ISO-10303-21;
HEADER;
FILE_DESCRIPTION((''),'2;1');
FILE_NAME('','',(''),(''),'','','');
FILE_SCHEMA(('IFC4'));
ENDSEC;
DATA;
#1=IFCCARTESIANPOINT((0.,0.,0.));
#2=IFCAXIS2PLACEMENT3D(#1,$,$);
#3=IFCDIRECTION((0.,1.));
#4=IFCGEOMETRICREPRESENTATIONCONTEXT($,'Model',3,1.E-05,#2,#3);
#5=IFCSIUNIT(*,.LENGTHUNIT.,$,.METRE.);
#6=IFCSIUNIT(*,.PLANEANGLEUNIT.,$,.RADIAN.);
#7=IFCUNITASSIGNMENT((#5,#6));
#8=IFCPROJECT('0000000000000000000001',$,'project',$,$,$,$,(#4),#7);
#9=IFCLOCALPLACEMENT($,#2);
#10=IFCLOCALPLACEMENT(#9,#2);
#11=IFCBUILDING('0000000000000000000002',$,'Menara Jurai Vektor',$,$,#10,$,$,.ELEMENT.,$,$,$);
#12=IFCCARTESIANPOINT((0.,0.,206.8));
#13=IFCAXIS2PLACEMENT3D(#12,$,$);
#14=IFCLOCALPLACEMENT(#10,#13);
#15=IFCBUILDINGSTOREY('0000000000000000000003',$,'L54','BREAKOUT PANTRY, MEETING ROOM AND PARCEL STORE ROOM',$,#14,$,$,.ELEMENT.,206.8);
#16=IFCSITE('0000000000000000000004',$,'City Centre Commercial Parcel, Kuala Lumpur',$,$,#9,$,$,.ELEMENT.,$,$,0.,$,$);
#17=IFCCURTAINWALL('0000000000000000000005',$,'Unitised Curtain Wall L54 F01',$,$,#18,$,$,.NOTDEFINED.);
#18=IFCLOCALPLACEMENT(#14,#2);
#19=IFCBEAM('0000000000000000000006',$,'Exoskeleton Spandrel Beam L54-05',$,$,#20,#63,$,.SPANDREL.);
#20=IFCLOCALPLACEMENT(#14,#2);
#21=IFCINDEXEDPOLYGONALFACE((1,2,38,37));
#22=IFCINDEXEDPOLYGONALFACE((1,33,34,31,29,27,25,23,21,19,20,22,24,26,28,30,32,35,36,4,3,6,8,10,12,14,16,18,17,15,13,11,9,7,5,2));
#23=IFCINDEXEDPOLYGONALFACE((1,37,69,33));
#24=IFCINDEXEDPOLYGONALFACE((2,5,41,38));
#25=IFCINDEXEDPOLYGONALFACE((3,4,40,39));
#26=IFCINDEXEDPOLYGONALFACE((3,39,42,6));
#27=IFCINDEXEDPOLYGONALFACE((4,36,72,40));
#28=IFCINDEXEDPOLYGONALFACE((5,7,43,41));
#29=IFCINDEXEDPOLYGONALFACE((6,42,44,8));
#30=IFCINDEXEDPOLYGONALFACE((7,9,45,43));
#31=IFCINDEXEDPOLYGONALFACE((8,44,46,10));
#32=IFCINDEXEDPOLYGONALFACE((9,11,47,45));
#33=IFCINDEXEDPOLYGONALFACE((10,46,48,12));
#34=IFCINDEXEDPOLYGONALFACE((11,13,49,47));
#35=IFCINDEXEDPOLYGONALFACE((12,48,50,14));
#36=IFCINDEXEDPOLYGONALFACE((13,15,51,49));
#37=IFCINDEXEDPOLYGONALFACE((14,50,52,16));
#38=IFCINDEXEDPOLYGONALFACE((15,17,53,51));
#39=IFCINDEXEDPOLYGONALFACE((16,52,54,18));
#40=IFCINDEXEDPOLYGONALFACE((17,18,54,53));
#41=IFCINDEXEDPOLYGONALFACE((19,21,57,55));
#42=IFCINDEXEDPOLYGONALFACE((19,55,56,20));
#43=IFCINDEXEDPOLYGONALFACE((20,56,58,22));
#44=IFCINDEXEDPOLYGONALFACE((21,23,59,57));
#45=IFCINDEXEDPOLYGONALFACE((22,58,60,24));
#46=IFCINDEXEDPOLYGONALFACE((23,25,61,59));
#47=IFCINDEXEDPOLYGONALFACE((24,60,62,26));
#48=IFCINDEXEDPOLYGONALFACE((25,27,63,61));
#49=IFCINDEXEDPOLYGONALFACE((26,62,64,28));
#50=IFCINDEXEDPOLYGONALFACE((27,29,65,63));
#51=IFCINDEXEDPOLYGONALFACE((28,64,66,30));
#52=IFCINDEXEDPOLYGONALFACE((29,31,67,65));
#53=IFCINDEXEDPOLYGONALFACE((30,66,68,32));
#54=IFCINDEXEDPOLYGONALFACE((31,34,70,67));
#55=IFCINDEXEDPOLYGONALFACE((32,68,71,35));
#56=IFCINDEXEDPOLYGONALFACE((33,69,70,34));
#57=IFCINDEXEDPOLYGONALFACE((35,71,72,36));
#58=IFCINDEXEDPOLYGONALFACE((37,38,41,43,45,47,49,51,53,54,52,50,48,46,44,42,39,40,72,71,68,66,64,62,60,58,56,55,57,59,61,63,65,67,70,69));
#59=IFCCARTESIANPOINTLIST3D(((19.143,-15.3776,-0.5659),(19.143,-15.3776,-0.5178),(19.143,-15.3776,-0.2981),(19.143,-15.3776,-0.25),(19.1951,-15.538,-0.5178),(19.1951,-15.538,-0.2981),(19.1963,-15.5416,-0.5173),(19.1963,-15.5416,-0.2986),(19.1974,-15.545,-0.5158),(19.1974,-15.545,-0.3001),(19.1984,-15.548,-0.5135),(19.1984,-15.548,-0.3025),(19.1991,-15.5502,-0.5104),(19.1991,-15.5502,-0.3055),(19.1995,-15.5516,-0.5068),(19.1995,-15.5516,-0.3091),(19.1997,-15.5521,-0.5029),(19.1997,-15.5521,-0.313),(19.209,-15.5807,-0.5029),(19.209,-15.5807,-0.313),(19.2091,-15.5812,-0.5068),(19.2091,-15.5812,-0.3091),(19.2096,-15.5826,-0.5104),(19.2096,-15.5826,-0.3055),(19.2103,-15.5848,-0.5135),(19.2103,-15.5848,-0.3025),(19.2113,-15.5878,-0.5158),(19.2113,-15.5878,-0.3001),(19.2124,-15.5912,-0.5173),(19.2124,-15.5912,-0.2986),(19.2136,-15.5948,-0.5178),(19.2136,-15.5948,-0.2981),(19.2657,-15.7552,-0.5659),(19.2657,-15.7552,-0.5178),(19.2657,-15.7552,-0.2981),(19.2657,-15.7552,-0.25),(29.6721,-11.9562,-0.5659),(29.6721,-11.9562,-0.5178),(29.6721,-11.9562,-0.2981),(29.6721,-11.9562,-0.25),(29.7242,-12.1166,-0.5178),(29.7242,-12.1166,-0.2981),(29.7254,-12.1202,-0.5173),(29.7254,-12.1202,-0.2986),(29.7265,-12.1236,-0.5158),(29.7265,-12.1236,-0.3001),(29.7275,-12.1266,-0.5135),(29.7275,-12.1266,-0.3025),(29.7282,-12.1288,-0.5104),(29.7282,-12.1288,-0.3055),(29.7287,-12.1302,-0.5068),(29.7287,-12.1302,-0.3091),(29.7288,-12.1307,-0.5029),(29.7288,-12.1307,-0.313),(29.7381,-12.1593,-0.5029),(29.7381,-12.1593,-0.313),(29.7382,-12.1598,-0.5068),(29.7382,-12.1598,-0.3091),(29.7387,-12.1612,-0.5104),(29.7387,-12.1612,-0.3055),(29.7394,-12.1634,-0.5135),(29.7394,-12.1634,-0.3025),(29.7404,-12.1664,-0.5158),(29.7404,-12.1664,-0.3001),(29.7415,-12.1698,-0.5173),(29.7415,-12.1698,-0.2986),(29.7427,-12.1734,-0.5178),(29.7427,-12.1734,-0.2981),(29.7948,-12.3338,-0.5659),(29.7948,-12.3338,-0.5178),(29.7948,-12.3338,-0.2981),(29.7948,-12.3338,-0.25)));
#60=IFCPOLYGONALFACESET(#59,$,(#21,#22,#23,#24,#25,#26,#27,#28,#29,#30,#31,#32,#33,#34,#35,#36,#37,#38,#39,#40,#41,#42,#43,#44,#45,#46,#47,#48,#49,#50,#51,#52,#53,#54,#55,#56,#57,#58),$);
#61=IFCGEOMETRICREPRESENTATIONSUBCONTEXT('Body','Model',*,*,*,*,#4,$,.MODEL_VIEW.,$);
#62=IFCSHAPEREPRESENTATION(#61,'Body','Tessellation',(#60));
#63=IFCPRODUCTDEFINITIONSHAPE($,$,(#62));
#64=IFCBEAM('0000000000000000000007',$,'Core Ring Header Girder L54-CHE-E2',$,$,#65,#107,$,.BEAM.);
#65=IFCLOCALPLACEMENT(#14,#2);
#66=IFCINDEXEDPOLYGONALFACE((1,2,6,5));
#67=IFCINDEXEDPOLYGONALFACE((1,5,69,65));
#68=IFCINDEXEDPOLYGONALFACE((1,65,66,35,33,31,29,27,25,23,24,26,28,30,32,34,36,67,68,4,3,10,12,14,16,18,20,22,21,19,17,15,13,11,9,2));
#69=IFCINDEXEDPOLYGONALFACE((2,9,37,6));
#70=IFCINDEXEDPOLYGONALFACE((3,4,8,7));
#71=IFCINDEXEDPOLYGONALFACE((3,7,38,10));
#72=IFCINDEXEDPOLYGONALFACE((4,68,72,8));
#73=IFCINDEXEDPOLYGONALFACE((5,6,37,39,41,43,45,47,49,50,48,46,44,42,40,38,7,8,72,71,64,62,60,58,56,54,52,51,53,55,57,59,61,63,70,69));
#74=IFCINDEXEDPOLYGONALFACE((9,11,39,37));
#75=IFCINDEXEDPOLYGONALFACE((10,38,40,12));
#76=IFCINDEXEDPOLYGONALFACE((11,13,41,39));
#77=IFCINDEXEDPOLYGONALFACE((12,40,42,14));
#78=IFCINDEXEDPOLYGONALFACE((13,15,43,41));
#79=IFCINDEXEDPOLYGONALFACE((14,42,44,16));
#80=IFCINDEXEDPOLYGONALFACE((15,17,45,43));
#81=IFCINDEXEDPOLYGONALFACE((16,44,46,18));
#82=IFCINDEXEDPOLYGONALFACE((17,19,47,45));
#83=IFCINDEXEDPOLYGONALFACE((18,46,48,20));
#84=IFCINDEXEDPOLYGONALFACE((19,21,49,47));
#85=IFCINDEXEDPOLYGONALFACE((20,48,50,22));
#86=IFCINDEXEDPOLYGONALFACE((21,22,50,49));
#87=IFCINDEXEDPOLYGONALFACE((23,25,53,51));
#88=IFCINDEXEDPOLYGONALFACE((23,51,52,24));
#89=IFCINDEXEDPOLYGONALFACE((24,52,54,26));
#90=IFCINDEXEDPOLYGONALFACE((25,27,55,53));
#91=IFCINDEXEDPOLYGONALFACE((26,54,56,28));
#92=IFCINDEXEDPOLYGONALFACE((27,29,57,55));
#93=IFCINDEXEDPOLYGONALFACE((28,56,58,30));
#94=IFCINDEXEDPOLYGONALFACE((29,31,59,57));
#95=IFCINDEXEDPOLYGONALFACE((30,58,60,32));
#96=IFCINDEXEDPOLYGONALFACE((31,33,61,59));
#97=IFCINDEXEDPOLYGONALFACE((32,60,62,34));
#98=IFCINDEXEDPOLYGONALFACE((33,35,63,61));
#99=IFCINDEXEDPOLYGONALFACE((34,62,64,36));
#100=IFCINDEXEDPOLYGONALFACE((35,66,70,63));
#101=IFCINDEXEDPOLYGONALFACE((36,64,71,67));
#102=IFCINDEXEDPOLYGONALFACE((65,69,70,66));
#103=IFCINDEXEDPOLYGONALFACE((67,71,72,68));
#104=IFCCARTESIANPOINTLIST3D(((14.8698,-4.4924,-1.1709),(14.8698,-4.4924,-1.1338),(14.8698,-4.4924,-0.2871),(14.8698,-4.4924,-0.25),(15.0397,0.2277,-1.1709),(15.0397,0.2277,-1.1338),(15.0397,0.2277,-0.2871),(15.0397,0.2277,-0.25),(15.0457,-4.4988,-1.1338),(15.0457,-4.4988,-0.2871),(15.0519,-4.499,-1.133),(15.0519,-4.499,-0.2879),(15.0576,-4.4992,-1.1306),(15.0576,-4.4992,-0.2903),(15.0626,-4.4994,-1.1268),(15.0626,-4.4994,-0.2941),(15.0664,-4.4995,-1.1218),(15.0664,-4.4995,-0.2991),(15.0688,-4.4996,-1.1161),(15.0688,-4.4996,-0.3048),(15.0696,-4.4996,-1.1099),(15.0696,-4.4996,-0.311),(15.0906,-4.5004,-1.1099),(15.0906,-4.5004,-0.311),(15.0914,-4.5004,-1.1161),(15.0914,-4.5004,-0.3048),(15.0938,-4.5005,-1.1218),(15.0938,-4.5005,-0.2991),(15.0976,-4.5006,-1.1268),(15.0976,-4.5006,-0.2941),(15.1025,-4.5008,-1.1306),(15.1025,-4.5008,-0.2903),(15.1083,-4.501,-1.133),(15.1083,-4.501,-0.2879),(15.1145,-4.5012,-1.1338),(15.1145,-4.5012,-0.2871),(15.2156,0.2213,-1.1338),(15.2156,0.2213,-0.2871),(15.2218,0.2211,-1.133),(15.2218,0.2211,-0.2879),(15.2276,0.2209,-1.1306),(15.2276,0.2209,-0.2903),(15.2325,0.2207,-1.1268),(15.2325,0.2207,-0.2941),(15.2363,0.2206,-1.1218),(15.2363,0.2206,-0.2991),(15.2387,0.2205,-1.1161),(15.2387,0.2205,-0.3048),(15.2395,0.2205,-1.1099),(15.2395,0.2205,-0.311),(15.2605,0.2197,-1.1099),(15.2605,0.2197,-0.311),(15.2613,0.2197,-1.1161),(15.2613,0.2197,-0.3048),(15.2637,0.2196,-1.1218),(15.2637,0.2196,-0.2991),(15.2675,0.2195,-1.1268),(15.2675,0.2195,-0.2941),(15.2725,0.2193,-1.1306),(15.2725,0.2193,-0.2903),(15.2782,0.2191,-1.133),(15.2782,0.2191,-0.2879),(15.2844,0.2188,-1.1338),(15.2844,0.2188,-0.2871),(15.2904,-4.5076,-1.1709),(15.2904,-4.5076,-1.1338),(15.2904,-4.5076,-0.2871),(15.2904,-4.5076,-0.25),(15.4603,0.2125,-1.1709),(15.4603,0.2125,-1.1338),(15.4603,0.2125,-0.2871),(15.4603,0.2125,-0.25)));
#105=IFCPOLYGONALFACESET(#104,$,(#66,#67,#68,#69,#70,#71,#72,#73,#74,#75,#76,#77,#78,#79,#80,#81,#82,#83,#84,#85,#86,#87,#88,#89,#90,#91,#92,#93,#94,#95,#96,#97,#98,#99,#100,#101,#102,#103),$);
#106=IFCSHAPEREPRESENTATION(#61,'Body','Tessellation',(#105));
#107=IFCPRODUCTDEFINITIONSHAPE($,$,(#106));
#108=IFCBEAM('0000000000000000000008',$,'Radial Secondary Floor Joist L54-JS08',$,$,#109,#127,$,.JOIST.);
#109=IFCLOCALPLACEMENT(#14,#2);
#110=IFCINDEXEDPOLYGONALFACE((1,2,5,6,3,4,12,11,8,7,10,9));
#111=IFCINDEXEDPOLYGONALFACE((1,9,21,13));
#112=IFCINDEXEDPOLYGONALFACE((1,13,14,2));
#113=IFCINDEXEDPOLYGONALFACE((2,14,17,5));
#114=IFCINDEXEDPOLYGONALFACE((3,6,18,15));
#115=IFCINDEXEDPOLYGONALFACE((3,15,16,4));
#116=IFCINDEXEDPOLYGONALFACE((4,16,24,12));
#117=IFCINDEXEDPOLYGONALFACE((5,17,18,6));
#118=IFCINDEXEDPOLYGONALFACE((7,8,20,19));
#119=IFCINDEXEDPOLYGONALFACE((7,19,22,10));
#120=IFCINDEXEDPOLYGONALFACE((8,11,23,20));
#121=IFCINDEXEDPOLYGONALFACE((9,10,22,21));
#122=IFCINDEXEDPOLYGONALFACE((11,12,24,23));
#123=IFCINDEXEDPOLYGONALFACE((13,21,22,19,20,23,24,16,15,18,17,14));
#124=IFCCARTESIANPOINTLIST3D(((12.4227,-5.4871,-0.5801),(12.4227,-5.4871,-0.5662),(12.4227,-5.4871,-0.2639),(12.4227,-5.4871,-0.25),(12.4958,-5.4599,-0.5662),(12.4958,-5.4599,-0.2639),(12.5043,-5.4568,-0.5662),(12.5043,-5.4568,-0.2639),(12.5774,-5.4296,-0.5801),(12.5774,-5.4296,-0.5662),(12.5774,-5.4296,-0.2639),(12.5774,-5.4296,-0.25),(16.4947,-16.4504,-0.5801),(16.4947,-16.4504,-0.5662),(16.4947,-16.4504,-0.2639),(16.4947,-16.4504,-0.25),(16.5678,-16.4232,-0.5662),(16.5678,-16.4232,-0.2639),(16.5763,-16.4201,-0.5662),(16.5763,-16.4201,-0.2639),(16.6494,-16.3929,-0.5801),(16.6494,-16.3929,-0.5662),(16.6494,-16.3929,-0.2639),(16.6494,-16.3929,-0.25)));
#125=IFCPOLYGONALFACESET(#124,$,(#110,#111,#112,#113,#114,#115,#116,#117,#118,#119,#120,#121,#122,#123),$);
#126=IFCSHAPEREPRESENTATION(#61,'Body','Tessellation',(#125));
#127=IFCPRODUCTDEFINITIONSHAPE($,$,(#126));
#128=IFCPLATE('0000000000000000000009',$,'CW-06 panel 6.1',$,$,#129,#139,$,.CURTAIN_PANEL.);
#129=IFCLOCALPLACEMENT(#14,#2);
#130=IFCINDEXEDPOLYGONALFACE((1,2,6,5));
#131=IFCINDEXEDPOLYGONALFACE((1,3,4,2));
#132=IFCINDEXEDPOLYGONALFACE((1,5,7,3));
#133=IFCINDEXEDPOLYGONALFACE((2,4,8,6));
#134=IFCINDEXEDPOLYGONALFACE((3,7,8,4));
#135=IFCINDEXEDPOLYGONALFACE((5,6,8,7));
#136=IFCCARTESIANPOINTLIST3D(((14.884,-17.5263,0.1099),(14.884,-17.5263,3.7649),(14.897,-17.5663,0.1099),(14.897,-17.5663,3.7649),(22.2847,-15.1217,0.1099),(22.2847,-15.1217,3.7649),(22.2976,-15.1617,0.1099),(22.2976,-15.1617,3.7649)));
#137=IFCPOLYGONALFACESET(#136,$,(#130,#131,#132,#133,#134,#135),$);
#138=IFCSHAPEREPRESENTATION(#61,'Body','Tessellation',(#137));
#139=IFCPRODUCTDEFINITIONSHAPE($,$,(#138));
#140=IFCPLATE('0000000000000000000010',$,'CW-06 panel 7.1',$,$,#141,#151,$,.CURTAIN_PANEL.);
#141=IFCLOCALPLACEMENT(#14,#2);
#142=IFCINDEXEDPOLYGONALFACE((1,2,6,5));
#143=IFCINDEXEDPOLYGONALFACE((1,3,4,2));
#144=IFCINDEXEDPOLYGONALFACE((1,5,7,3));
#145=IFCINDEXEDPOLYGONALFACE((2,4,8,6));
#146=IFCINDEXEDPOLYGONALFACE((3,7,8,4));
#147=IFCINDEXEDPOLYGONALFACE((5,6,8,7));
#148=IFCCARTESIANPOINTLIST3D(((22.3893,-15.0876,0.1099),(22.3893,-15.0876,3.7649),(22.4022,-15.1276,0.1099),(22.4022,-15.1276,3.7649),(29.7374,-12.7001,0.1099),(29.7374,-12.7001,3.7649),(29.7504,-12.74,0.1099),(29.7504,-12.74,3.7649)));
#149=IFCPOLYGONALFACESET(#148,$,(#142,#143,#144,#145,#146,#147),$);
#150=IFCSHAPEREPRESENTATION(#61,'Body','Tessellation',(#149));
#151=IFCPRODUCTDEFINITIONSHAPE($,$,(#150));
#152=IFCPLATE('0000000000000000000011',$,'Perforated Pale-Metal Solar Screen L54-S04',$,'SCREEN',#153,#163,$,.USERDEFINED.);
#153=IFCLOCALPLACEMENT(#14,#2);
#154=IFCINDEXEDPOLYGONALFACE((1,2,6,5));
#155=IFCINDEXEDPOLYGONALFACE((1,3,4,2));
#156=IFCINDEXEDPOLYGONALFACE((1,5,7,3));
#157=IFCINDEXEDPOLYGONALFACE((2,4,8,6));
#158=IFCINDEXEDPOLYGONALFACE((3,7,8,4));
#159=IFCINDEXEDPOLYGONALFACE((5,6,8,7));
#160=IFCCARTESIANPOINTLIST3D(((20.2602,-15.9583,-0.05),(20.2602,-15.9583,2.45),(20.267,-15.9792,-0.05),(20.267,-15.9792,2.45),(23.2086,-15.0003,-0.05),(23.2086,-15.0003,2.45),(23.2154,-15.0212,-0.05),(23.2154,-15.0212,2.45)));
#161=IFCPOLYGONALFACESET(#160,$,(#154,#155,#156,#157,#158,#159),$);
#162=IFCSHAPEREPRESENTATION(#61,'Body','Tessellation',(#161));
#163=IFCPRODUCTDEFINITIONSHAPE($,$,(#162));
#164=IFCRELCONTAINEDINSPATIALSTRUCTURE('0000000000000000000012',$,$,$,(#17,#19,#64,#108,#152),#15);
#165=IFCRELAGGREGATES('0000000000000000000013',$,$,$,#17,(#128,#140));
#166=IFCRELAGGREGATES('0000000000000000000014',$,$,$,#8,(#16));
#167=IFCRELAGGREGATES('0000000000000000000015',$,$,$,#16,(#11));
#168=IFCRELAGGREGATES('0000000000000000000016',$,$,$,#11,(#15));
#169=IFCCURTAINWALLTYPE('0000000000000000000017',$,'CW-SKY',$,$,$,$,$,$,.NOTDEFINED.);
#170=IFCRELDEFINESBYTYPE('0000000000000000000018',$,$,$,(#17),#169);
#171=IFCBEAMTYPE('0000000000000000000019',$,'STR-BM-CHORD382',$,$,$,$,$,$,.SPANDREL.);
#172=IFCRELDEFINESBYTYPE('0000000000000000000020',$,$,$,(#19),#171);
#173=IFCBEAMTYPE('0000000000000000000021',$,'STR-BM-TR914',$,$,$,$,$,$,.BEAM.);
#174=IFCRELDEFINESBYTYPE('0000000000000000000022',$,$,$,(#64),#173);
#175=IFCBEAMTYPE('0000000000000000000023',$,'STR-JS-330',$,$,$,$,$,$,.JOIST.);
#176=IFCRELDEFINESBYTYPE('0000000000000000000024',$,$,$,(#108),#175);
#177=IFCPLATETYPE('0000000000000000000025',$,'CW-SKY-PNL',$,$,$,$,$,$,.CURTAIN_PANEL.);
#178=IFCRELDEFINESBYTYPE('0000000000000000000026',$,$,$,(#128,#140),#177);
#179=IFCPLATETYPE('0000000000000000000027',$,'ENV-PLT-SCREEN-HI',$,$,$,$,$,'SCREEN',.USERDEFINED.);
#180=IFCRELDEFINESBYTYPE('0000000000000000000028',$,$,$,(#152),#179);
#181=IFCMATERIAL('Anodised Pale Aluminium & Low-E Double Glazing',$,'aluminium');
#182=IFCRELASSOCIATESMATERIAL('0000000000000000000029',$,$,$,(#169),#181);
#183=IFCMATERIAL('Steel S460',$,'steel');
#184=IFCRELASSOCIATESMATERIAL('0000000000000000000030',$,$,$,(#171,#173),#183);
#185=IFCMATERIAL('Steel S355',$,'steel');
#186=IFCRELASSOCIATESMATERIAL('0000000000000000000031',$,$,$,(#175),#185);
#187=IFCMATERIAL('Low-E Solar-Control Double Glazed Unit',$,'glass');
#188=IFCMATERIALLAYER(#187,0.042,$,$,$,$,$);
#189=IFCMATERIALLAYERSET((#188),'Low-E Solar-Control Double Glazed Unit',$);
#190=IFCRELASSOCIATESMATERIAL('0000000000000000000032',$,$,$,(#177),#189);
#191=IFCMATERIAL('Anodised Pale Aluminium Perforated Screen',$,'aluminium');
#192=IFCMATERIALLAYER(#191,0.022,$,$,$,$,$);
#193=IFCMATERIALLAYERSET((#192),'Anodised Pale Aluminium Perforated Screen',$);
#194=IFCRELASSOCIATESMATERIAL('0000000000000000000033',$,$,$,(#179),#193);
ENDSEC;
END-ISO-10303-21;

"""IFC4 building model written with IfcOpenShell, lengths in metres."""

from ifc_helpers import new_model, si_unit, direction, frame, origin, origin_2d, place, context, subcontext, project, spatial, rectangle, i_section, extrude, material, layer, layer_set, material_profile, profile_set, type_object, element, aggregate, save


model = new_model("IFC4")

# Units and contexts
model_context = context("Model", 3, precision=1e-05, world=origin(), true_north=direction((0.0, 1.0)))
body_context = subcontext(model_context, "Body", "Model", "MODEL_VIEW")
ifc_project = project(units=[si_unit("LENGTHUNIT", "METRE"), si_unit("PLANEANGLEUNIT", "RADIAN")], contexts=[model_context])

# Site, building, storey
site_placement = place(None, origin())
site = spatial("IfcSite", under=ifc_project, at=site_placement, Name="City Centre Commercial Parcel, Kuala Lumpur", CompositionType="ELEMENT", RefElevation=0.0)
building_placement = place(site_placement, origin())
building = spatial("IfcBuilding", under=site, at=building_placement, Name="Menara Jurai Vektor", CompositionType="ELEMENT")
storey_placement = place(building_placement, frame((0.0, 0.0, 206.8)))
storey = spatial("IfcBuildingStorey", under=building, at=storey_placement, Name="L54", Description="BREAKOUT PANTRY, MEETING ROOM AND PARCEL STORE ROOM", CompositionType="ELEMENT", Elevation=206.8)

# Shared definitions
ifc_material_1 = material(Name="Steel S460", Category="steel")

# Curtain wall
ifc_material_2 = material(Name="Anodised Pale Aluminium & Low-E Double Glazing", Category="aluminium")
curtain_wall_type = type_object("IfcCurtainWallType", Name="CW-SKY", PredefinedType="NOTDEFINED", material=ifc_material_2)
curtain_wall_1_placement = place(storey_placement, origin())
curtain_wall_1 = element("IfcCurtainWall", 1, at=curtain_wall_1_placement, inside=storey, type_object=curtain_wall_type, Name="Unitised Curtain Wall L54 F01", PredefinedType="NOTDEFINED")

# Beams
ifc_material_3 = material(Name="Steel S355", Category="steel")
ifc_material_profile_1 = material_profile(ifc_material_1, i_section(OverallWidth=0.397, OverallDepth=0.3159, WebThickness=0.03, FlangeThickness=0.0481, FilletRadius=0.0149, at=origin_2d()), Name="HD 400x382")
ifc_profile_set_1 = profile_set([ifc_material_profile_1], Name="Steel S460")
beam_type_1 = type_object("IfcBeamType", Name="STR-BM-CHORD382", PredefinedType="SPANDREL", material=ifc_profile_set_1)
beam_1_placement = place(storey_placement, frame((19.2043, -15.5664, -0.408), z_axis=(0.951049, 0.309041, 0.0), x_axis=(-0.309041, 0.951049, 0.0)))
element("IfcBeam", 2, at=beam_1_placement, inside=storey, type_object=beam_type_1, Name="Exoskeleton Spandrel Beam L54-05", PredefinedType="SPANDREL", context=body_context, shape_type="SweptSolid", body=[
    extrude(i_section(OverallWidth=0.397, OverallDepth=0.3159, WebThickness=0.03, FlangeThickness=0.0481, FilletRadius=0.0149, at=origin_2d()), origin(), (0.0, 0.0, 1.0), 11.071),
])
ifc_material_profile_2 = material_profile(ifc_material_1, i_section(OverallWidth=0.4209, OverallDepth=0.9209, WebThickness=0.021, FlangeThickness=0.0371, FilletRadius=0.0239, at=origin_2d()), Name="UKB 914x419x388")
ifc_profile_set_2 = profile_set([ifc_material_profile_2], Name="Steel S460")
beam_type_2 = type_object("IfcBeamType", Name="STR-BM-TR914", PredefinedType="BEAM", material=ifc_profile_set_2)
beam_2_placement = place(storey_placement, frame((15.0801, -4.5, -0.7104), z_axis=(0.035977, 0.999353, 0.0), x_axis=(-0.999353, 0.035977, 0.0)))
element("IfcBeam", 3, at=beam_2_placement, inside=storey, type_object=beam_type_2, Name="Core Ring Header Girder L54-CHE-E2", PredefinedType="BEAM", context=body_context, shape_type="SweptSolid", body=[
    extrude(i_section(OverallWidth=0.4209, OverallDepth=0.9209, WebThickness=0.021, FlangeThickness=0.0371, FilletRadius=0.0239, at=origin_2d()), origin(), (0.0, 0.0, 1.0), 4.7231),
])
ifc_material_profile_3 = material_profile(ifc_material_3, i_section(OverallWidth=0.165, OverallDepth=0.3301, WebThickness=0.009, FlangeThickness=0.0139, at=origin_2d()), Name="PG 330x165x46")
ifc_profile_set_3 = profile_set([ifc_material_profile_3], Name="Steel S355")
beam_type_3 = type_object("IfcBeamType", Name="STR-JS-330", PredefinedType="JOIST", material=ifc_profile_set_3)
beam_3_placement = place(storey_placement, frame((16.572, -16.4216, -0.415), z_axis=(-0.34818, 0.937428, 0.0), x_axis=(-0.937428, -0.34818, 0.0)))
element("IfcBeam", 4, at=beam_3_placement, inside=storey, type_object=beam_type_3, Name="Radial Secondary Floor Joist L54-JS08", PredefinedType="JOIST", context=body_context, shape_type="SweptSolid", body=[
    extrude(i_section(OverallWidth=0.165, OverallDepth=0.3301, WebThickness=0.009, FlangeThickness=0.0139, at=origin_2d()), origin(), (0.0, 0.0, 1.0), 11.6951),
])

# Plates
ifc_material_4 = material(Name="Low-E Solar-Control Double Glazed Unit", Category="glass")
ifc_layer_1 = layer(ifc_material_4, 0.042)
ifc_layer_set_1 = layer_set([ifc_layer_1], Name="Low-E Solar-Control Double Glazed Unit")
plate_type_1 = type_object("IfcPlateType", Name="CW-SKY-PNL", PredefinedType="CURTAIN_PANEL", material=ifc_layer_set_1)
plate_1_placement = place(storey_placement, frame((18.5908, -16.344, 0.1099), z_axis=(0.0, 0.0, 1.0), x_axis=(0.951056, 0.309017, 0.0)))
plate_1 = element("IfcPlate", 5, at=plate_1_placement, type_object=plate_type_1, Name="CW-06 panel 6.1", PredefinedType="CURTAIN_PANEL", context=body_context, shape_type="SweptSolid", body=[
    extrude(rectangle(XDim=7.7815, YDim=0.042, at=origin_2d()), origin(), (0.0, 0.0, 1.0), 3.655),
])
plate_2_placement = place(storey_placement, frame((26.0698, -13.9138, 0.1099), z_axis=(0.0, 0.0, 1.0), x_axis=(0.951056, 0.309017, 0.0)))
plate_2 = element("IfcPlate", 6, at=plate_2_placement, type_object=plate_type_1, Name="CW-06 panel 7.1", PredefinedType="CURTAIN_PANEL", context=body_context, shape_type="SweptSolid", body=[
    extrude(rectangle(XDim=7.7263, YDim=0.042, at=origin_2d()), origin(), (0.0, 0.0, 1.0), 3.655),
])
aggregate(curtain_wall_1, [plate_1, plate_2])
ifc_material_5 = material(Name="Anodised Pale Aluminium Perforated Screen", Category="aluminium")
ifc_layer_2 = layer(ifc_material_5, 0.022)
ifc_layer_set_2 = layer_set([ifc_layer_2], Name="Anodised Pale Aluminium Perforated Screen")
plate_type_2 = type_object("IfcPlateType", Name="ENV-PLT-SCREEN-HI", ElementType="SCREEN", PredefinedType="USERDEFINED", material=ifc_layer_set_2)
plate_3_placement = place(storey_placement, frame((21.7378, -15.4897, -0.05), z_axis=(0.0, 0.0, 1.0), x_axis=(0.951057, 0.309017, 0.0)))
element("IfcPlate", 7, at=plate_3_placement, inside=storey, type_object=plate_type_2, Name="Perforated Pale-Metal Solar Screen L54-S04", ObjectType="SCREEN", PredefinedType="USERDEFINED", context=body_context, shape_type="SweptSolid", body=[
    extrude(rectangle(XDim=3.1001, YDim=0.022, at=origin_2d()), origin(), (0.0, 0.0, 1.0), 2.5),
])

save(model, "model.ifc")
